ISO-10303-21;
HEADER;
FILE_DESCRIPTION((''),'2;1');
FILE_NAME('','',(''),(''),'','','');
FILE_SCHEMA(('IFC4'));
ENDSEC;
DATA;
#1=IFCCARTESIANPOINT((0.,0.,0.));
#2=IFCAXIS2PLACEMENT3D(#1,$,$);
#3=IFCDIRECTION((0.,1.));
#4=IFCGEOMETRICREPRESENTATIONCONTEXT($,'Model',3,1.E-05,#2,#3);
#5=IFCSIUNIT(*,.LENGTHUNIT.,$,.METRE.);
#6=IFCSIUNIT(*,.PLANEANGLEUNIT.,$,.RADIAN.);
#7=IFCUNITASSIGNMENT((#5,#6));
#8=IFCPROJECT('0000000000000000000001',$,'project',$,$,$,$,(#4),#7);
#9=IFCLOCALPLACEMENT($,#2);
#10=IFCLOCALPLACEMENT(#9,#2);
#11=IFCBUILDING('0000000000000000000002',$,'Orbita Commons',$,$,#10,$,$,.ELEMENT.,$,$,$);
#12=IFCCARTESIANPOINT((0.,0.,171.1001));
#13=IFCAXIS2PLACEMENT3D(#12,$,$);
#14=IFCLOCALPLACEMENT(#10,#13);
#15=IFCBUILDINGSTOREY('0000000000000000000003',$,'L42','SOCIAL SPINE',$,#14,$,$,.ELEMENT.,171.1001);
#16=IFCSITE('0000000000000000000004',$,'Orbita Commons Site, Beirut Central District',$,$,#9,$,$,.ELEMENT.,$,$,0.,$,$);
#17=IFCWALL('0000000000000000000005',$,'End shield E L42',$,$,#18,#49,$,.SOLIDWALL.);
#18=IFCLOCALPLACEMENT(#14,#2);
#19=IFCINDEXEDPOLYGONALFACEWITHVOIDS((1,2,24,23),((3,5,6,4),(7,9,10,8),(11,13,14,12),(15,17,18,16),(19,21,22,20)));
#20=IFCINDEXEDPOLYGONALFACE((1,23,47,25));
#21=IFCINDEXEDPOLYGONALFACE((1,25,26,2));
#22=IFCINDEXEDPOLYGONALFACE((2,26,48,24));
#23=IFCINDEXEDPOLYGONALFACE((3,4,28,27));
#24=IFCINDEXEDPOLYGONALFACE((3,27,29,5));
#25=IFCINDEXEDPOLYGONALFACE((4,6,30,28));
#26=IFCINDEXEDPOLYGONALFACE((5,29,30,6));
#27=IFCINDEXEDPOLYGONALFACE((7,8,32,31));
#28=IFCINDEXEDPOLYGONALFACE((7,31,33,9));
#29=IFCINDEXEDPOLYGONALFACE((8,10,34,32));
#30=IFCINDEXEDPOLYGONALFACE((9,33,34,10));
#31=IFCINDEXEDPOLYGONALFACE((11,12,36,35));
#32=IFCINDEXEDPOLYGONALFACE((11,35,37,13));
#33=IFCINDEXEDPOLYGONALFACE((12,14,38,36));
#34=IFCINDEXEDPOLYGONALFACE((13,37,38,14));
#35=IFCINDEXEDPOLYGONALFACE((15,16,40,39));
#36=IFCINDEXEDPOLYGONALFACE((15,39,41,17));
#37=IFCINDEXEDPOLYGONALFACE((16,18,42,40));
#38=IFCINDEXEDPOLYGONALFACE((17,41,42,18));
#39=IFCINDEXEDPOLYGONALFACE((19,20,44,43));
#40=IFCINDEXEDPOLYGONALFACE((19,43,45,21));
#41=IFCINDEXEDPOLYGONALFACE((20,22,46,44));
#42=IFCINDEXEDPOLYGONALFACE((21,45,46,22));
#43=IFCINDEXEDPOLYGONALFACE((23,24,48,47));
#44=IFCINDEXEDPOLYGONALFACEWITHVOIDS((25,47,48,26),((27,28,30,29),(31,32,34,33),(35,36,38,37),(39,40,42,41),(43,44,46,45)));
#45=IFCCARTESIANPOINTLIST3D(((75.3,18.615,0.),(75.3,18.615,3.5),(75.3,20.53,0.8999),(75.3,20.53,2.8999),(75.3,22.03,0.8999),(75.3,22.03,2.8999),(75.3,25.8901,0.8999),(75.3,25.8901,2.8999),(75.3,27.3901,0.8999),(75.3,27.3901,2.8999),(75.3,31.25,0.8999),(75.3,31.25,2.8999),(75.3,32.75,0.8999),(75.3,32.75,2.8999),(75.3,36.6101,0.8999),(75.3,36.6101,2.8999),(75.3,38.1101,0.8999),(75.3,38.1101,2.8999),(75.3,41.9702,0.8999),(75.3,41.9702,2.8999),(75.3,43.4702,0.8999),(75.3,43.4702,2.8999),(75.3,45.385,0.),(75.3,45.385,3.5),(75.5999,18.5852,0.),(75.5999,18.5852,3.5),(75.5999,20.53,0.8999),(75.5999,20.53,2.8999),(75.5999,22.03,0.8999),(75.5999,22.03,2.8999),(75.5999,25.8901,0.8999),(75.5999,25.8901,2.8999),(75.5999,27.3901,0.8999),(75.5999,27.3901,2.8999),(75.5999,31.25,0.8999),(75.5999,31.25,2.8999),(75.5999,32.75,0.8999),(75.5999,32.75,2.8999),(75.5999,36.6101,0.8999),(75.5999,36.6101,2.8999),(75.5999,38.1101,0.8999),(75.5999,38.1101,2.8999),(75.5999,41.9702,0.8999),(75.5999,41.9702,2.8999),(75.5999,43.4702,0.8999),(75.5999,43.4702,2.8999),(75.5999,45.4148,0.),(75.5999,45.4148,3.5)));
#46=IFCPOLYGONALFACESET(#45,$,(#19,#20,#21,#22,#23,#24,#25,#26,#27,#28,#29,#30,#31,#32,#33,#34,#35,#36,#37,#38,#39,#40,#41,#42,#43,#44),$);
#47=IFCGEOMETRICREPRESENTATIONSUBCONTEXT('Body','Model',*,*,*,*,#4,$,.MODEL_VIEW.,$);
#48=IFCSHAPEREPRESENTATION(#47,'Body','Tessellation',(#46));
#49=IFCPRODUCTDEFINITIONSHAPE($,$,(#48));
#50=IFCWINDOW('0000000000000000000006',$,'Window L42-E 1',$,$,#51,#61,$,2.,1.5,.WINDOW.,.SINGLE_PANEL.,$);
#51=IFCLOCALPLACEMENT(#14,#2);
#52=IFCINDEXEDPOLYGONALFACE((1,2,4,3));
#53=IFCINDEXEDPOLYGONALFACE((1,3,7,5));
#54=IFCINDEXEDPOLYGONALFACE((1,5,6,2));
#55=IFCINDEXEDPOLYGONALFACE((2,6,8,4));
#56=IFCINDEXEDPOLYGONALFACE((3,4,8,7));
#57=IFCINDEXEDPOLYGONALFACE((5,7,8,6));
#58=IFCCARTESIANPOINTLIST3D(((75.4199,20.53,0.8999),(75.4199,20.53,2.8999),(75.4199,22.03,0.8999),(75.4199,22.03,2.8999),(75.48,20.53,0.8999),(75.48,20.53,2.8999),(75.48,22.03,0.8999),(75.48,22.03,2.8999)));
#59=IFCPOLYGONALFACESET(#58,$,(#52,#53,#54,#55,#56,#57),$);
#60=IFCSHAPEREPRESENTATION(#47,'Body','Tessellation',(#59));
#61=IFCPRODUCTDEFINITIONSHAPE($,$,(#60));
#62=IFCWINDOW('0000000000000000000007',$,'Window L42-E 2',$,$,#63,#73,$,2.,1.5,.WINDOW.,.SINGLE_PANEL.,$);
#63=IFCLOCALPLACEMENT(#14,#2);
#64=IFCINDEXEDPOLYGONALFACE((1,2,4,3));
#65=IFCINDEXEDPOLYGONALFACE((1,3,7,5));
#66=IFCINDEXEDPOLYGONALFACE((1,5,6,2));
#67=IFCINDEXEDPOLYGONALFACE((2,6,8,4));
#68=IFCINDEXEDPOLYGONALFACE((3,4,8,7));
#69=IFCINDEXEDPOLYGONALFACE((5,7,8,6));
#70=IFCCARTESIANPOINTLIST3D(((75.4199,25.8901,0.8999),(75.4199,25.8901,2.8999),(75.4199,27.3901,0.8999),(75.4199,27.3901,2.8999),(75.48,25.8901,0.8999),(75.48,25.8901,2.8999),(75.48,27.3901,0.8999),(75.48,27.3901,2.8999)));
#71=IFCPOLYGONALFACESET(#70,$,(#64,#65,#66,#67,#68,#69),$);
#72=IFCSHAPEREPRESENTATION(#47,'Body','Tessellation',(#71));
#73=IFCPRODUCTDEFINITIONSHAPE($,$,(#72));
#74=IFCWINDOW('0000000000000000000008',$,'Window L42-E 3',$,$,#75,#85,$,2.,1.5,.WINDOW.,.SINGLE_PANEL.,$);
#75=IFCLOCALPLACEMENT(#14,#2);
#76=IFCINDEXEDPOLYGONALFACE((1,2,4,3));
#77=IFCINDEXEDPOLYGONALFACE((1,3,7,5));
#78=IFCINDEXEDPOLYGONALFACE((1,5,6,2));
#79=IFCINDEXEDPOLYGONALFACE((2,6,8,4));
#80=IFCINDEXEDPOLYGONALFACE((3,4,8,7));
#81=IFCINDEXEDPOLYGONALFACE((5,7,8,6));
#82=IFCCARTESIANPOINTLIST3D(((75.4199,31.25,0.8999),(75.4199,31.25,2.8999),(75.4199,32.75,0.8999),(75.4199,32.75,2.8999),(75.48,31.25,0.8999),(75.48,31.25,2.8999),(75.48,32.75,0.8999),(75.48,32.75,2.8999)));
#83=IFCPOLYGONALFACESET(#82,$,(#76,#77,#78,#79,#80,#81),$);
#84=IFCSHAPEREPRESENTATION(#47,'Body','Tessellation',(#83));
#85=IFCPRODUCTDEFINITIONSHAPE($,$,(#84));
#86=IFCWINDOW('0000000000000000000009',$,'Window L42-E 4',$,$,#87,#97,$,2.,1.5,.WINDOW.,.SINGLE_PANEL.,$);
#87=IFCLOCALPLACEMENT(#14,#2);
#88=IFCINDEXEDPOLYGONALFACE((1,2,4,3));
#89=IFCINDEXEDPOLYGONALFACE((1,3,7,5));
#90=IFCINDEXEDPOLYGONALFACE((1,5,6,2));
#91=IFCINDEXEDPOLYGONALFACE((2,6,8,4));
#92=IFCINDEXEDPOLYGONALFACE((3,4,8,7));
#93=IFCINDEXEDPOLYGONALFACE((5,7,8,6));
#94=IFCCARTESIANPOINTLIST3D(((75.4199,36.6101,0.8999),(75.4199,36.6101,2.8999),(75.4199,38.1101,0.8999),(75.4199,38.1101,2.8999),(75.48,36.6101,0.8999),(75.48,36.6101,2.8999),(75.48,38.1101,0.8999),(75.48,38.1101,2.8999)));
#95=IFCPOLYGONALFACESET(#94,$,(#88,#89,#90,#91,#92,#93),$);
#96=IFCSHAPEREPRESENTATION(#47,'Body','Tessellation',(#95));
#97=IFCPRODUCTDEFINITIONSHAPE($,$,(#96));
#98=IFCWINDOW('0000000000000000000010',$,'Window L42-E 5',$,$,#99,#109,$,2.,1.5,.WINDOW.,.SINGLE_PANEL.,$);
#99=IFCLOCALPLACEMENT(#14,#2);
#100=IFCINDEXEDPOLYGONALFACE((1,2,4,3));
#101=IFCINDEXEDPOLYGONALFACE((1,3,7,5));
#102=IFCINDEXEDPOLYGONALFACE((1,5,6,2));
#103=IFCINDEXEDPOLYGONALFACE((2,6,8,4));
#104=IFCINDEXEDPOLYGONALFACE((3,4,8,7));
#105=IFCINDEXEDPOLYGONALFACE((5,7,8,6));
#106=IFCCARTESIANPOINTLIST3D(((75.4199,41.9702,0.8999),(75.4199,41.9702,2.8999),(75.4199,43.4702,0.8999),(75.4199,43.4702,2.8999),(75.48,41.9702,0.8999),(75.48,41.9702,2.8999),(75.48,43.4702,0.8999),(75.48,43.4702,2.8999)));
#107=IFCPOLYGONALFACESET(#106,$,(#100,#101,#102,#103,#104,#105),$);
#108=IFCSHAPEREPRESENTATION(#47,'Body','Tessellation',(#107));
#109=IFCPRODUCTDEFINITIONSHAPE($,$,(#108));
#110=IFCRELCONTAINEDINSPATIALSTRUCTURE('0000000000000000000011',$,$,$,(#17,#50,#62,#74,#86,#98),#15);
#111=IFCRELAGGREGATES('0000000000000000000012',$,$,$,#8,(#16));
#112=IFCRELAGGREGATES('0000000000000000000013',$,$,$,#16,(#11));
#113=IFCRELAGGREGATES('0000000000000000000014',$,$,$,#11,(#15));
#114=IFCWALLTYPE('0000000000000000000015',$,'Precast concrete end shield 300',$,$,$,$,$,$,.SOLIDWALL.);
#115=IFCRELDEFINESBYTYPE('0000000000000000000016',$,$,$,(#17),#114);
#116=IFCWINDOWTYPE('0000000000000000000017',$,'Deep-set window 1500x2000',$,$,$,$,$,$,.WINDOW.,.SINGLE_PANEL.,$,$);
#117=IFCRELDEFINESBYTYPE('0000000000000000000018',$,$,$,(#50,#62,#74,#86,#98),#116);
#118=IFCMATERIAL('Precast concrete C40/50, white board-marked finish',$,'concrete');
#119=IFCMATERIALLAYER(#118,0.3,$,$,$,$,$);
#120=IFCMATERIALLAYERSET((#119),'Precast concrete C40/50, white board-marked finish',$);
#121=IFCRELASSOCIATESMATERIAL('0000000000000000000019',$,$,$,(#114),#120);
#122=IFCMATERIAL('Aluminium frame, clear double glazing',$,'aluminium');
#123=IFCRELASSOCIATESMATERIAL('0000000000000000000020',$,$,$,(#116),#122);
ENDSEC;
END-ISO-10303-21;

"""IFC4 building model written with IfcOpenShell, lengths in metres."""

from ifc_helpers import new_model, si_unit, direction, frame, frame_2d, origin, place, context, subcontext, project, spatial, polyline, rectangle, outline, extrude, material, layer, layer_set, type_object, element, fill, save


model = new_model("IFC4")

# Units and contexts
model_context = context("Model", 3, precision=1e-05, world=origin(), true_north=direction((0.0, 1.0)))
body_context = subcontext(model_context, "Body", "Model", "MODEL_VIEW")
ifc_project = project(units=[si_unit("LENGTHUNIT", "METRE"), si_unit("PLANEANGLEUNIT", "RADIAN")], contexts=[model_context])

# Site, building, storey
site_placement = place(None, origin())
site = spatial("IfcSite", under=ifc_project, at=site_placement, Name="Orbita Commons Site, Beirut Central District", CompositionType="ELEMENT", RefElevation=0.0)
building_placement = place(site_placement, origin())
building = spatial("IfcBuilding", under=site, at=building_placement, Name="Orbita Commons", CompositionType="ELEMENT")
storey_placement = place(building_placement, frame((0.0, 0.0, 171.1001)))
storey = spatial("IfcBuildingStorey", under=building, at=storey_placement, Name="L42", Description="SOCIAL SPINE", CompositionType="ELEMENT", Elevation=171.1001)

# Wall, openings, windows
ifc_material_1 = material(Name="Precast concrete C40/50, white board-marked finish", Category="concrete")
ifc_layer_1 = layer(ifc_material_1, 0.3)
ifc_layer_set_1 = layer_set([ifc_layer_1], Name="Precast concrete C40/50, white board-marked finish")
wall_type_1 = type_object("IfcWallType", Name="Precast concrete end shield 300", PredefinedType="SOLIDWALL", material=ifc_layer_set_1)
wall_1_placement = place(storey_placement, frame((75.45, 18.6001, 0.0), z_axis=(0.0, 0.0, 1.0), x_axis=(0.0, 1.0, 0.0)))
wall_1 = element("IfcWall", 1, at=wall_1_placement, inside=storey, type_object=wall_type_1, Name="End shield E L42", PredefinedType="SOLIDWALL", context=body_context, shape_type="SweptSolid", body=[
    extrude(outline(polyline([(-0.0149, -0.1499), (26.8147, -0.1499), (26.7849, 0.1499), (0.0149, 0.1499), (-0.0149, -0.1499)])), origin(), (0.0, 0.0, 1.0), 3.5),
])
opening_1_placement = place(wall_1_placement, frame((1.9299, 0.0, 0.8999)))
opening_1 = element("IfcOpeningElement", 2, at=opening_1_placement, cuts=wall_1, PredefinedType="OPENING", context=body_context, shape_type="SweptSolid", body=[
    extrude(rectangle(XDim=1.5, YDim=2.0, at=frame_2d((0.75, 1.0))), frame((0.0, 0.1599, 0.0), z_axis=(0.0, -1.0, 0.0), x_axis=(1.0, 0.0, 0.0)), (0.0, 0.0, 1.0), 0.3201),
])
opening_2_placement = place(wall_1_placement, frame((7.29, 0.0, 0.8999)))
opening_2 = element("IfcOpeningElement", 3, at=opening_2_placement, cuts=wall_1, PredefinedType="OPENING", context=body_context, shape_type="SweptSolid", body=[
    extrude(rectangle(XDim=1.5, YDim=2.0, at=frame_2d((0.75, 1.0))), frame((0.0, 0.1599, 0.0), z_axis=(0.0, -1.0, 0.0), x_axis=(1.0, 0.0, 0.0)), (0.0, 0.0, 1.0), 0.3201),
])
opening_3_placement = place(wall_1_placement, frame((12.6499, 0.0, 0.8999)))
opening_3 = element("IfcOpeningElement", 4, at=opening_3_placement, cuts=wall_1, PredefinedType="OPENING", context=body_context, shape_type="SweptSolid", body=[
    extrude(rectangle(XDim=1.5, YDim=2.0, at=frame_2d((0.75, 1.0))), frame((0.0, 0.1599, 0.0), z_axis=(0.0, -1.0, 0.0), x_axis=(1.0, 0.0, 0.0)), (0.0, 0.0, 1.0), 0.3201),
])
opening_4_placement = place(wall_1_placement, frame((18.01, 0.0, 0.8999)))
opening_4 = element("IfcOpeningElement", 5, at=opening_4_placement, cuts=wall_1, PredefinedType="OPENING", context=body_context, shape_type="SweptSolid", body=[
    extrude(rectangle(XDim=1.5, YDim=2.0, at=frame_2d((0.75, 1.0))), frame((0.0, 0.1599, 0.0), z_axis=(0.0, -1.0, 0.0), x_axis=(1.0, 0.0, 0.0)), (0.0, 0.0, 1.0), 0.3201),
])
opening_5_placement = place(wall_1_placement, frame((23.3701, 0.0, 0.8999)))
opening_5 = element("IfcOpeningElement", 6, at=opening_5_placement, cuts=wall_1, PredefinedType="OPENING", context=body_context, shape_type="SweptSolid", body=[
    extrude(rectangle(XDim=1.5, YDim=2.0, at=frame_2d((0.75, 1.0))), frame((0.0, 0.1599, 0.0), z_axis=(0.0, -1.0, 0.0), x_axis=(1.0, 0.0, 0.0)), (0.0, 0.0, 1.0), 0.3201),
])
ifc_material_2 = material(Name="Aluminium frame, clear double glazing", Category="aluminium")
window_type = type_object("IfcWindowType", Name="Deep-set window 1500x2000", PartitioningType="SINGLE_PANEL", PredefinedType="WINDOW", material=ifc_material_2)
window_1_placement = place(opening_1_placement, origin())
window_1 = element("IfcWindow", 7, at=window_1_placement, inside=storey, type_object=window_type, Name="Window L42-E 1", OverallHeight=2.0, OverallWidth=1.5, PartitioningType="SINGLE_PANEL", PredefinedType="WINDOW", context=body_context, shape_type="SweptSolid", body=[
    extrude(rectangle(XDim=1.5, YDim=2.0, at=frame_2d((0.75, 1.0))), frame((0.0, 0.03, 0.0), z_axis=(0.0, -1.0, 0.0), x_axis=(1.0, 0.0, 0.0)), (0.0, 0.0, 1.0), 0.0601),
])
fill(opening_1, window_1)
window_2_placement = place(opening_2_placement, origin())
window_2 = element("IfcWindow", 8, at=window_2_placement, inside=storey, type_object=window_type, Name="Window L42-E 2", OverallHeight=2.0, OverallWidth=1.5, PartitioningType="SINGLE_PANEL", PredefinedType="WINDOW", context=body_context, shape_type="SweptSolid", body=[
    extrude(rectangle(XDim=1.5, YDim=2.0, at=frame_2d((0.75, 1.0))), frame((0.0, 0.03, 0.0), z_axis=(0.0, -1.0, 0.0), x_axis=(1.0, 0.0, 0.0)), (0.0, 0.0, 1.0), 0.0601),
])
fill(opening_2, window_2)
window_3_placement = place(opening_3_placement, origin())
window_3 = element("IfcWindow", 9, at=window_3_placement, inside=storey, type_object=window_type, Name="Window L42-E 3", OverallHeight=2.0, OverallWidth=1.5, PartitioningType="SINGLE_PANEL", PredefinedType="WINDOW", context=body_context, shape_type="SweptSolid", body=[
    extrude(rectangle(XDim=1.5, YDim=2.0, at=frame_2d((0.75, 1.0))), frame((0.0, 0.03, 0.0), z_axis=(0.0, -1.0, 0.0), x_axis=(1.0, 0.0, 0.0)), (0.0, 0.0, 1.0), 0.0601),
])
fill(opening_3, window_3)
window_4_placement = place(opening_4_placement, origin())
window_4 = element("IfcWindow", 10, at=window_4_placement, inside=storey, type_object=window_type, Name="Window L42-E 4", OverallHeight=2.0, OverallWidth=1.5, PartitioningType="SINGLE_PANEL", PredefinedType="WINDOW", context=body_context, shape_type="SweptSolid", body=[
    extrude(rectangle(XDim=1.5, YDim=2.0, at=frame_2d((0.75, 1.0))), frame((0.0, 0.03, 0.0), z_axis=(0.0, -1.0, 0.0), x_axis=(1.0, 0.0, 0.0)), (0.0, 0.0, 1.0), 0.0601),
])
fill(opening_4, window_4)
window_5_placement = place(opening_5_placement, origin())
window_5 = element("IfcWindow", 11, at=window_5_placement, inside=storey, type_object=window_type, Name="Window L42-E 5", OverallHeight=2.0, OverallWidth=1.5, PartitioningType="SINGLE_PANEL", PredefinedType="WINDOW", context=body_context, shape_type="SweptSolid", body=[
    extrude(rectangle(XDim=1.5, YDim=2.0, at=frame_2d((0.75, 1.0))), frame((0.0, 0.03, 0.0), z_axis=(0.0, -1.0, 0.0), x_axis=(1.0, 0.0, 0.0)), (0.0, 0.0, 1.0), 0.0601),
])
fill(opening_5, window_5)

save(model, "model.ifc")
